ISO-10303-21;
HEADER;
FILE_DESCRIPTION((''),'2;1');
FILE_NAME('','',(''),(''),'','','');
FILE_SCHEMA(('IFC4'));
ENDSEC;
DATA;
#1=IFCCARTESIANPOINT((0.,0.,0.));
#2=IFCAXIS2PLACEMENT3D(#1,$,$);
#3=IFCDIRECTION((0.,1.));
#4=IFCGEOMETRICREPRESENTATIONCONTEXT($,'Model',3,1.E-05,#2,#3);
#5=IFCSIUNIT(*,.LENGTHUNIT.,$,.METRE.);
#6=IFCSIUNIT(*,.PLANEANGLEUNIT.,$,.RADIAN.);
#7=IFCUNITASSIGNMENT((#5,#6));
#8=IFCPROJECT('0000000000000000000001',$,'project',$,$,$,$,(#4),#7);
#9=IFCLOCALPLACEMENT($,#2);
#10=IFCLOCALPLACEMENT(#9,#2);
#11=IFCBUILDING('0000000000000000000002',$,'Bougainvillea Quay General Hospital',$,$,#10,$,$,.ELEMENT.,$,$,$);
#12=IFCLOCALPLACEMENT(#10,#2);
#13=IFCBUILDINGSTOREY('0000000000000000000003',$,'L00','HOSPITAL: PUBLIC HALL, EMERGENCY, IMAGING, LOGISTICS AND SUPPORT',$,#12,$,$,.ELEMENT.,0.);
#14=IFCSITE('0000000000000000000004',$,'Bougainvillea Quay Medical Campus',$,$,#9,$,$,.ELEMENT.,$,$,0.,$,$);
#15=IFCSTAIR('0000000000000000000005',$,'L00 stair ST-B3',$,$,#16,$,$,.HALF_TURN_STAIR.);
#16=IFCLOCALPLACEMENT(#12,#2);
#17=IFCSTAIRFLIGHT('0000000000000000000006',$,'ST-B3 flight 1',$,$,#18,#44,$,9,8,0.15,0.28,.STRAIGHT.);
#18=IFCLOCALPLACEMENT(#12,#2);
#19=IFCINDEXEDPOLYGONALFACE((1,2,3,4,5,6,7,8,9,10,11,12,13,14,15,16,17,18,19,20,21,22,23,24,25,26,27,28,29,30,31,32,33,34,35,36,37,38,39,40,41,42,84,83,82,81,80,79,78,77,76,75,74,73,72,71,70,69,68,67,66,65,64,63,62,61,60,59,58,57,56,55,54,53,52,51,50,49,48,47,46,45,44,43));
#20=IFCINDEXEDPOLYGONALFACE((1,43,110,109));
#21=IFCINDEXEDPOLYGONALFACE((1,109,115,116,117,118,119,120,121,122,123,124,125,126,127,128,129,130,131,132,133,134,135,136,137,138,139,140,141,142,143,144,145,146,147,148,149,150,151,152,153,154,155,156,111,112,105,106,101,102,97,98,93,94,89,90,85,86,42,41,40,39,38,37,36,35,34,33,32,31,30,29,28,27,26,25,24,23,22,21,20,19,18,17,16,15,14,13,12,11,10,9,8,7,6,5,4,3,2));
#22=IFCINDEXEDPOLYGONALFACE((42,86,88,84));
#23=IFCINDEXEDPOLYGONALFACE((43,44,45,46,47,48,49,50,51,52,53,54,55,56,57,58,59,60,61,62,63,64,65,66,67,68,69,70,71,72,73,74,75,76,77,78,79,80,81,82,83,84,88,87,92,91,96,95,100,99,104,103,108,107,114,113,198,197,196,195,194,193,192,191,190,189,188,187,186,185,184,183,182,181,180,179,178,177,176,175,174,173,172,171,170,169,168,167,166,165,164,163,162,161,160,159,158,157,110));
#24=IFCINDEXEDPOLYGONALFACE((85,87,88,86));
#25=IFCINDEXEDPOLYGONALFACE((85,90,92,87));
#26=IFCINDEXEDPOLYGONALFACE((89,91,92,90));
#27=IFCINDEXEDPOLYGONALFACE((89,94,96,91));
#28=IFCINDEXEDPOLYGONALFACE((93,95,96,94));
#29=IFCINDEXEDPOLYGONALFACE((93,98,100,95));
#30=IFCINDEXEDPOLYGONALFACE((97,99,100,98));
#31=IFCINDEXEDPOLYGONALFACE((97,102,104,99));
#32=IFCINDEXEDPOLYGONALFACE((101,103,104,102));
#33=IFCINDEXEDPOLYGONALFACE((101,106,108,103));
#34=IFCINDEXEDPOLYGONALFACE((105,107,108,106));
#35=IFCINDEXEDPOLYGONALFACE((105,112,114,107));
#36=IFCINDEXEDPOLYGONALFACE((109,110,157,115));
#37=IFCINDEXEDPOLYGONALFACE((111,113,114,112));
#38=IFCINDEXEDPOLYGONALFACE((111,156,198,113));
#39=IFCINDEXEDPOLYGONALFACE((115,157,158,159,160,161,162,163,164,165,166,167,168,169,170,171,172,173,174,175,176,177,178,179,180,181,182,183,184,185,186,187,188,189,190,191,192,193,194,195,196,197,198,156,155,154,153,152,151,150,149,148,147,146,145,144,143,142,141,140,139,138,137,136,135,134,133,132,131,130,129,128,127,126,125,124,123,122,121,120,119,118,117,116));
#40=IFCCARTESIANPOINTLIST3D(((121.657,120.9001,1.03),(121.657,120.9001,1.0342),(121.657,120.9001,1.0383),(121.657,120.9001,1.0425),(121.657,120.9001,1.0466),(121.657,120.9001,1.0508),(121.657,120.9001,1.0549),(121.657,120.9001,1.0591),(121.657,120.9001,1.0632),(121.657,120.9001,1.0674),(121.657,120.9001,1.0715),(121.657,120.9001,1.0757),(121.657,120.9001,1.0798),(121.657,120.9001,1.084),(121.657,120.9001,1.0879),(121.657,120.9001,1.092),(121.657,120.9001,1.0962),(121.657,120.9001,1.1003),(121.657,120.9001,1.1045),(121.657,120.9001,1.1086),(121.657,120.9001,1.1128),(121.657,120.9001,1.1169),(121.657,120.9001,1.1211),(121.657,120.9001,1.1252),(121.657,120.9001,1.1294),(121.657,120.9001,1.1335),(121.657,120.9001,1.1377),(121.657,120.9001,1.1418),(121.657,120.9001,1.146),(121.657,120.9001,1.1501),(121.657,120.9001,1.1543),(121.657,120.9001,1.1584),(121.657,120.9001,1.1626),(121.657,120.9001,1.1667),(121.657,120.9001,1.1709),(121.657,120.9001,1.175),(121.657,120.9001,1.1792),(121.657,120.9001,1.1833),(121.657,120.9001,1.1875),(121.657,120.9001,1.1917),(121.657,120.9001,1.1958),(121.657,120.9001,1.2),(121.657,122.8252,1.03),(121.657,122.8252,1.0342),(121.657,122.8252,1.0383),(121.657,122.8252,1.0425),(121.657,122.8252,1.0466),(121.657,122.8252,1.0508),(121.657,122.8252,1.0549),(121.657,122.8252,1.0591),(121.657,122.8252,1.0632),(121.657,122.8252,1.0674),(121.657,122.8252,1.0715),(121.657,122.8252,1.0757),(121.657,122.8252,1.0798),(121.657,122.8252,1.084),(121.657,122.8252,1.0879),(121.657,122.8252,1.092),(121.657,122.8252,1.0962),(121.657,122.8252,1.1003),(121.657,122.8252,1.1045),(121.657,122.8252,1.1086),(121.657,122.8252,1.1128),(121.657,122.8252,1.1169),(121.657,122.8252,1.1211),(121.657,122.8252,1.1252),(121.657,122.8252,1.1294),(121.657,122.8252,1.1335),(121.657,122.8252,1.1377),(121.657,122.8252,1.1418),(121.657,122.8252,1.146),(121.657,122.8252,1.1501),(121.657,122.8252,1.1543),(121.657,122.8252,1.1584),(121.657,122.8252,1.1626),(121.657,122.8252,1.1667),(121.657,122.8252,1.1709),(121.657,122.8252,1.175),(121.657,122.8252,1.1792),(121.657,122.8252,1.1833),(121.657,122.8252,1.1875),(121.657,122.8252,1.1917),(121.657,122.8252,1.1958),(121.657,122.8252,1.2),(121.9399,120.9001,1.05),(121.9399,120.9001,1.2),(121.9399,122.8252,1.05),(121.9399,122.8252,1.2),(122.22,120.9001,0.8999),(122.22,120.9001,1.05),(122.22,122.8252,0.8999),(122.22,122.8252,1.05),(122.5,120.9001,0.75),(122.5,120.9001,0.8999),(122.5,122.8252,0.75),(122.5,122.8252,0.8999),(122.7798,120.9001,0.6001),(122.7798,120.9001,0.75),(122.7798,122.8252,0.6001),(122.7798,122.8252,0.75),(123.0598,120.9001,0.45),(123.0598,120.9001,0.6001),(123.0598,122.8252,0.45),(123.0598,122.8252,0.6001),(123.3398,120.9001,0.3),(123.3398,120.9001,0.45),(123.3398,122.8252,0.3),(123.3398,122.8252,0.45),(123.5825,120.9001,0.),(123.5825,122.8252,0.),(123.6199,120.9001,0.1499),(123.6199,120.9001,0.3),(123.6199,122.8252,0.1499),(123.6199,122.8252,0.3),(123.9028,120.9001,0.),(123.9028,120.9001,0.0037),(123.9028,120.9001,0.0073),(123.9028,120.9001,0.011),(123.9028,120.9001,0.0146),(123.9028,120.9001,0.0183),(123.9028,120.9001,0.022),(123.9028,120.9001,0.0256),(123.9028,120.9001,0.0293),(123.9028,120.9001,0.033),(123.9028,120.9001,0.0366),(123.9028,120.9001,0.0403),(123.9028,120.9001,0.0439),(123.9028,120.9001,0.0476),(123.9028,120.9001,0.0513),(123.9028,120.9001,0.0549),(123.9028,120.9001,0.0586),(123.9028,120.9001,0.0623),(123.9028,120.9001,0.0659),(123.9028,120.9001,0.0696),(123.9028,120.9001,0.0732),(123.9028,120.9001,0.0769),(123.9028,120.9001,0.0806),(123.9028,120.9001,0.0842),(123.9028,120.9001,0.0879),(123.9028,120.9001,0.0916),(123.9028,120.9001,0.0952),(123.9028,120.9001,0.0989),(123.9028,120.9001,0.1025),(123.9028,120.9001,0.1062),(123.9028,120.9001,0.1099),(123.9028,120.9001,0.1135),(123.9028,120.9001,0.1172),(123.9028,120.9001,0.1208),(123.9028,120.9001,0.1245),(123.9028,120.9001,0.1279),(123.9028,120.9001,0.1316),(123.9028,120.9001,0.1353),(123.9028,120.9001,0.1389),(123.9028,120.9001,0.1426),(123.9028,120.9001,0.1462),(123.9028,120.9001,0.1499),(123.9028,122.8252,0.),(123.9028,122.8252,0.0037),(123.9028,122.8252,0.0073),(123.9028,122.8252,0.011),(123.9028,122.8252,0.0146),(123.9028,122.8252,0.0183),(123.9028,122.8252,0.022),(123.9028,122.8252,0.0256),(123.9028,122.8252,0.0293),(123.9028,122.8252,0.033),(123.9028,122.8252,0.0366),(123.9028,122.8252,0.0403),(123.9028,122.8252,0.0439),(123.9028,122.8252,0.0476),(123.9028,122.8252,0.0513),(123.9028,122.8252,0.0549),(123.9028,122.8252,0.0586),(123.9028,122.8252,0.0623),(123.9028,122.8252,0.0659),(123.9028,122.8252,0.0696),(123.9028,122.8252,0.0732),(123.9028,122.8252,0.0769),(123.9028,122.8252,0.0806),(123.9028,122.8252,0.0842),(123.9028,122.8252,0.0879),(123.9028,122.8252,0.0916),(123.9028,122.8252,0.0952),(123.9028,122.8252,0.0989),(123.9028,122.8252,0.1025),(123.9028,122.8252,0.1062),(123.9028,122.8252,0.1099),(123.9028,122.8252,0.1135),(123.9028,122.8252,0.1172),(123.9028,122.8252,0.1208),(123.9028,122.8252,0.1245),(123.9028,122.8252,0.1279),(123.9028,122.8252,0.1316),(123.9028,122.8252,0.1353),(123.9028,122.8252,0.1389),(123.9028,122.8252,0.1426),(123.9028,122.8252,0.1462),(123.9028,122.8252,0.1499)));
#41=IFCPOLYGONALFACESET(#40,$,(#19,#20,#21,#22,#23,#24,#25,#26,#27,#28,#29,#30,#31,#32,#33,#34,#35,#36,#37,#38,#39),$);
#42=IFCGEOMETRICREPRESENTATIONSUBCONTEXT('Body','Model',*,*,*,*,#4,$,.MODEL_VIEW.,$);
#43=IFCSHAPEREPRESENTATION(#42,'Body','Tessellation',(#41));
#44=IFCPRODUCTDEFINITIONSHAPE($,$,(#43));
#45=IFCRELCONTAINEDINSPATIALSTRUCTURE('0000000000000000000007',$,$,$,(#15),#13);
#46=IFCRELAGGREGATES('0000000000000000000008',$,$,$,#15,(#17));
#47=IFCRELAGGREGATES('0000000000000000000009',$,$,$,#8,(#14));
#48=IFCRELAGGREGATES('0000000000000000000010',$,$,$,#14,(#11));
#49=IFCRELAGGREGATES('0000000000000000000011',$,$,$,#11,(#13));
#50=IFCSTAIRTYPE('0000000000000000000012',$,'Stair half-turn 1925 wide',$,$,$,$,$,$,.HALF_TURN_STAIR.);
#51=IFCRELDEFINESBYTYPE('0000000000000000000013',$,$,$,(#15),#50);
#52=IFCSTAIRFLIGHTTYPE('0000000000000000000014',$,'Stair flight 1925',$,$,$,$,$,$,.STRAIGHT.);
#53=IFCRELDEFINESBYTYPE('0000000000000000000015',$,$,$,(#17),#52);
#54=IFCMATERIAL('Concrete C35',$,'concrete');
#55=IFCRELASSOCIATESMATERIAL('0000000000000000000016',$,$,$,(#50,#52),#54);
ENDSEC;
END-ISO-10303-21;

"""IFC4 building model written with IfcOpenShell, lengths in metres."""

from ifc_helpers import new_model, si_unit, direction, frame, origin, place, context, subcontext, project, spatial, polyline, outline, extrude, material, type_object, element, aggregate, save


model = new_model("IFC4")

# Units and contexts
model_context = context("Model", 3, precision=1e-05, world=origin(), true_north=direction((0.0, 1.0)))
body_context = subcontext(model_context, "Body", "Model", "MODEL_VIEW")
ifc_project = project(units=[si_unit("LENGTHUNIT", "METRE"), si_unit("PLANEANGLEUNIT", "RADIAN")], contexts=[model_context])

# Site, building, storey
site_placement = place(None, origin())
site = spatial("IfcSite", under=ifc_project, at=site_placement, Name="Bougainvillea Quay Medical Campus", CompositionType="ELEMENT", RefElevation=0.0)
building_placement = place(site_placement, origin())
building = spatial("IfcBuilding", under=site, at=building_placement, Name="Bougainvillea Quay General Hospital", CompositionType="ELEMENT")
storey_placement = place(building_placement, origin())
storey = spatial("IfcBuildingStorey", under=building, at=storey_placement, Name="L00", Description="HOSPITAL: PUBLIC HALL, EMERGENCY, IMAGING, LOGISTICS AND SUPPORT", CompositionType="ELEMENT", Elevation=0.0)

# Stair, stair flight
ifc_material_1 = material(Name="Concrete C35", Category="concrete")
stair_type = type_object("IfcStairType", Name="Stair half-turn 1925 wide", PredefinedType="HALF_TURN_STAIR", material=ifc_material_1)
stair_placement = place(storey_placement, origin())
stair = element("IfcStair", 1, at=stair_placement, inside=storey, type_object=stair_type, Name="L00 stair ST-B3", PredefinedType="HALF_TURN_STAIR")
stair_flight_type = type_object("IfcStairFlightType", Name="Stair flight 1925", PredefinedType="STRAIGHT", material=ifc_material_1)
stair_flight_1_placement = place(storey_placement, frame((123.8999, 121.8625, 0.0), z_axis=(0.0, 0.0, 1.0), x_axis=(-1.0, 0.0, 0.0)))
stair_flight_1 = element("IfcStairFlight", 2, at=stair_flight_1_placement, type_object=stair_flight_type, Name="ST-B3 flight 1", NumberOfRisers=9, NumberOfTreads=8, PredefinedType="STRAIGHT", RiserHeight=0.15, TreadLength=0.28, context=body_context, shape_type="SweptSolid", body=[
    extrude(outline(polyline([(-0.0029, 0.0), (-0.0029, 0.0037), (-0.0029, 0.0073), (-0.0029, 0.011), (-0.0029, 0.0146), (-0.0029, 0.0183), (-0.0029, 0.022), (-0.0029, 0.0256), (-0.0029, 0.0293), (-0.0029, 0.033), (-0.0029, 0.0366), (-0.0029, 0.0403), (-0.0029, 0.0439), (-0.0029, 0.0476), (-0.0029, 0.0513), (-0.0029, 0.0549), (-0.0029, 0.0586), (-0.0029, 0.0623), (-0.0029, 0.0659), (-0.0029, 0.0696), (-0.0029, 0.0732), (-0.0029, 0.0769), (-0.0029, 0.0806), (-0.0029, 0.0842), (-0.0029, 0.0879), (-0.0029, 0.0916), (-0.0029, 0.0952), (-0.0029, 0.0989), (-0.0029, 0.1025), (-0.0029, 0.1062), (-0.0029, 0.1099), (-0.0029, 0.1135), (-0.0029, 0.1172), (-0.0029, 0.1208), (-0.0029, 0.1245), (-0.0029, 0.1279), (-0.0029, 0.1316), (-0.0029, 0.1353), (-0.0029, 0.1389), (-0.0029, 0.1426), (-0.0029, 0.1462), (-0.0029, 0.1499), (0.28, 0.1499), (0.28, 0.3), (0.5601, 0.3), (0.5601, 0.45), (0.8401, 0.45), (0.8401, 0.6001), (1.1201, 0.6001), (1.1201, 0.75), (1.3999, 0.75), (1.3999, 0.8999), (1.6799, 0.8999), (1.6799, 1.05), (1.96, 1.05), (1.96, 1.2), (2.2429, 1.2), (2.2429, 1.1958), (2.2429, 1.1917), (2.2429, 1.1875), (2.2429, 1.1833), (2.2429, 1.1792), (2.2429, 1.175), (2.2429, 1.1709), (2.2429, 1.1667), (2.2429, 1.1626), (2.2429, 1.1584), (2.2429, 1.1543), (2.2429, 1.1501), (2.2429, 1.146), (2.2429, 1.1418), (2.2429, 1.1377), (2.2429, 1.1335), (2.2429, 1.1294), (2.2429, 1.1252), (2.2429, 1.1211), (2.2429, 1.1169), (2.2429, 1.1128), (2.2429, 1.1086), (2.2429, 1.1045), (2.2429, 1.1003), (2.2429, 1.0962), (2.2429, 1.092), (2.2429, 1.0879), (2.2429, 1.084), (2.2429, 1.0798), (2.2429, 1.0757), (2.2429, 1.0715), (2.2429, 1.0674), (2.2429, 1.0632), (2.2429, 1.0591), (2.2429, 1.0549), (2.2429, 1.0508), (2.2429, 1.0466), (2.2429, 1.0425), (2.2429, 1.0383), (2.2429, 1.0342), (2.2429, 1.03), (0.3174, 0.0), (-0.0029, 0.0)])), frame((0.0, 0.9624, 0.0), z_axis=(0.0, -1.0, 0.0), x_axis=(1.0, 0.0, 0.0)), (0.0, 0.0, 1.0), 1.925),
])
aggregate(stair, [stair_flight_1])

save(model, "model.ifc")
